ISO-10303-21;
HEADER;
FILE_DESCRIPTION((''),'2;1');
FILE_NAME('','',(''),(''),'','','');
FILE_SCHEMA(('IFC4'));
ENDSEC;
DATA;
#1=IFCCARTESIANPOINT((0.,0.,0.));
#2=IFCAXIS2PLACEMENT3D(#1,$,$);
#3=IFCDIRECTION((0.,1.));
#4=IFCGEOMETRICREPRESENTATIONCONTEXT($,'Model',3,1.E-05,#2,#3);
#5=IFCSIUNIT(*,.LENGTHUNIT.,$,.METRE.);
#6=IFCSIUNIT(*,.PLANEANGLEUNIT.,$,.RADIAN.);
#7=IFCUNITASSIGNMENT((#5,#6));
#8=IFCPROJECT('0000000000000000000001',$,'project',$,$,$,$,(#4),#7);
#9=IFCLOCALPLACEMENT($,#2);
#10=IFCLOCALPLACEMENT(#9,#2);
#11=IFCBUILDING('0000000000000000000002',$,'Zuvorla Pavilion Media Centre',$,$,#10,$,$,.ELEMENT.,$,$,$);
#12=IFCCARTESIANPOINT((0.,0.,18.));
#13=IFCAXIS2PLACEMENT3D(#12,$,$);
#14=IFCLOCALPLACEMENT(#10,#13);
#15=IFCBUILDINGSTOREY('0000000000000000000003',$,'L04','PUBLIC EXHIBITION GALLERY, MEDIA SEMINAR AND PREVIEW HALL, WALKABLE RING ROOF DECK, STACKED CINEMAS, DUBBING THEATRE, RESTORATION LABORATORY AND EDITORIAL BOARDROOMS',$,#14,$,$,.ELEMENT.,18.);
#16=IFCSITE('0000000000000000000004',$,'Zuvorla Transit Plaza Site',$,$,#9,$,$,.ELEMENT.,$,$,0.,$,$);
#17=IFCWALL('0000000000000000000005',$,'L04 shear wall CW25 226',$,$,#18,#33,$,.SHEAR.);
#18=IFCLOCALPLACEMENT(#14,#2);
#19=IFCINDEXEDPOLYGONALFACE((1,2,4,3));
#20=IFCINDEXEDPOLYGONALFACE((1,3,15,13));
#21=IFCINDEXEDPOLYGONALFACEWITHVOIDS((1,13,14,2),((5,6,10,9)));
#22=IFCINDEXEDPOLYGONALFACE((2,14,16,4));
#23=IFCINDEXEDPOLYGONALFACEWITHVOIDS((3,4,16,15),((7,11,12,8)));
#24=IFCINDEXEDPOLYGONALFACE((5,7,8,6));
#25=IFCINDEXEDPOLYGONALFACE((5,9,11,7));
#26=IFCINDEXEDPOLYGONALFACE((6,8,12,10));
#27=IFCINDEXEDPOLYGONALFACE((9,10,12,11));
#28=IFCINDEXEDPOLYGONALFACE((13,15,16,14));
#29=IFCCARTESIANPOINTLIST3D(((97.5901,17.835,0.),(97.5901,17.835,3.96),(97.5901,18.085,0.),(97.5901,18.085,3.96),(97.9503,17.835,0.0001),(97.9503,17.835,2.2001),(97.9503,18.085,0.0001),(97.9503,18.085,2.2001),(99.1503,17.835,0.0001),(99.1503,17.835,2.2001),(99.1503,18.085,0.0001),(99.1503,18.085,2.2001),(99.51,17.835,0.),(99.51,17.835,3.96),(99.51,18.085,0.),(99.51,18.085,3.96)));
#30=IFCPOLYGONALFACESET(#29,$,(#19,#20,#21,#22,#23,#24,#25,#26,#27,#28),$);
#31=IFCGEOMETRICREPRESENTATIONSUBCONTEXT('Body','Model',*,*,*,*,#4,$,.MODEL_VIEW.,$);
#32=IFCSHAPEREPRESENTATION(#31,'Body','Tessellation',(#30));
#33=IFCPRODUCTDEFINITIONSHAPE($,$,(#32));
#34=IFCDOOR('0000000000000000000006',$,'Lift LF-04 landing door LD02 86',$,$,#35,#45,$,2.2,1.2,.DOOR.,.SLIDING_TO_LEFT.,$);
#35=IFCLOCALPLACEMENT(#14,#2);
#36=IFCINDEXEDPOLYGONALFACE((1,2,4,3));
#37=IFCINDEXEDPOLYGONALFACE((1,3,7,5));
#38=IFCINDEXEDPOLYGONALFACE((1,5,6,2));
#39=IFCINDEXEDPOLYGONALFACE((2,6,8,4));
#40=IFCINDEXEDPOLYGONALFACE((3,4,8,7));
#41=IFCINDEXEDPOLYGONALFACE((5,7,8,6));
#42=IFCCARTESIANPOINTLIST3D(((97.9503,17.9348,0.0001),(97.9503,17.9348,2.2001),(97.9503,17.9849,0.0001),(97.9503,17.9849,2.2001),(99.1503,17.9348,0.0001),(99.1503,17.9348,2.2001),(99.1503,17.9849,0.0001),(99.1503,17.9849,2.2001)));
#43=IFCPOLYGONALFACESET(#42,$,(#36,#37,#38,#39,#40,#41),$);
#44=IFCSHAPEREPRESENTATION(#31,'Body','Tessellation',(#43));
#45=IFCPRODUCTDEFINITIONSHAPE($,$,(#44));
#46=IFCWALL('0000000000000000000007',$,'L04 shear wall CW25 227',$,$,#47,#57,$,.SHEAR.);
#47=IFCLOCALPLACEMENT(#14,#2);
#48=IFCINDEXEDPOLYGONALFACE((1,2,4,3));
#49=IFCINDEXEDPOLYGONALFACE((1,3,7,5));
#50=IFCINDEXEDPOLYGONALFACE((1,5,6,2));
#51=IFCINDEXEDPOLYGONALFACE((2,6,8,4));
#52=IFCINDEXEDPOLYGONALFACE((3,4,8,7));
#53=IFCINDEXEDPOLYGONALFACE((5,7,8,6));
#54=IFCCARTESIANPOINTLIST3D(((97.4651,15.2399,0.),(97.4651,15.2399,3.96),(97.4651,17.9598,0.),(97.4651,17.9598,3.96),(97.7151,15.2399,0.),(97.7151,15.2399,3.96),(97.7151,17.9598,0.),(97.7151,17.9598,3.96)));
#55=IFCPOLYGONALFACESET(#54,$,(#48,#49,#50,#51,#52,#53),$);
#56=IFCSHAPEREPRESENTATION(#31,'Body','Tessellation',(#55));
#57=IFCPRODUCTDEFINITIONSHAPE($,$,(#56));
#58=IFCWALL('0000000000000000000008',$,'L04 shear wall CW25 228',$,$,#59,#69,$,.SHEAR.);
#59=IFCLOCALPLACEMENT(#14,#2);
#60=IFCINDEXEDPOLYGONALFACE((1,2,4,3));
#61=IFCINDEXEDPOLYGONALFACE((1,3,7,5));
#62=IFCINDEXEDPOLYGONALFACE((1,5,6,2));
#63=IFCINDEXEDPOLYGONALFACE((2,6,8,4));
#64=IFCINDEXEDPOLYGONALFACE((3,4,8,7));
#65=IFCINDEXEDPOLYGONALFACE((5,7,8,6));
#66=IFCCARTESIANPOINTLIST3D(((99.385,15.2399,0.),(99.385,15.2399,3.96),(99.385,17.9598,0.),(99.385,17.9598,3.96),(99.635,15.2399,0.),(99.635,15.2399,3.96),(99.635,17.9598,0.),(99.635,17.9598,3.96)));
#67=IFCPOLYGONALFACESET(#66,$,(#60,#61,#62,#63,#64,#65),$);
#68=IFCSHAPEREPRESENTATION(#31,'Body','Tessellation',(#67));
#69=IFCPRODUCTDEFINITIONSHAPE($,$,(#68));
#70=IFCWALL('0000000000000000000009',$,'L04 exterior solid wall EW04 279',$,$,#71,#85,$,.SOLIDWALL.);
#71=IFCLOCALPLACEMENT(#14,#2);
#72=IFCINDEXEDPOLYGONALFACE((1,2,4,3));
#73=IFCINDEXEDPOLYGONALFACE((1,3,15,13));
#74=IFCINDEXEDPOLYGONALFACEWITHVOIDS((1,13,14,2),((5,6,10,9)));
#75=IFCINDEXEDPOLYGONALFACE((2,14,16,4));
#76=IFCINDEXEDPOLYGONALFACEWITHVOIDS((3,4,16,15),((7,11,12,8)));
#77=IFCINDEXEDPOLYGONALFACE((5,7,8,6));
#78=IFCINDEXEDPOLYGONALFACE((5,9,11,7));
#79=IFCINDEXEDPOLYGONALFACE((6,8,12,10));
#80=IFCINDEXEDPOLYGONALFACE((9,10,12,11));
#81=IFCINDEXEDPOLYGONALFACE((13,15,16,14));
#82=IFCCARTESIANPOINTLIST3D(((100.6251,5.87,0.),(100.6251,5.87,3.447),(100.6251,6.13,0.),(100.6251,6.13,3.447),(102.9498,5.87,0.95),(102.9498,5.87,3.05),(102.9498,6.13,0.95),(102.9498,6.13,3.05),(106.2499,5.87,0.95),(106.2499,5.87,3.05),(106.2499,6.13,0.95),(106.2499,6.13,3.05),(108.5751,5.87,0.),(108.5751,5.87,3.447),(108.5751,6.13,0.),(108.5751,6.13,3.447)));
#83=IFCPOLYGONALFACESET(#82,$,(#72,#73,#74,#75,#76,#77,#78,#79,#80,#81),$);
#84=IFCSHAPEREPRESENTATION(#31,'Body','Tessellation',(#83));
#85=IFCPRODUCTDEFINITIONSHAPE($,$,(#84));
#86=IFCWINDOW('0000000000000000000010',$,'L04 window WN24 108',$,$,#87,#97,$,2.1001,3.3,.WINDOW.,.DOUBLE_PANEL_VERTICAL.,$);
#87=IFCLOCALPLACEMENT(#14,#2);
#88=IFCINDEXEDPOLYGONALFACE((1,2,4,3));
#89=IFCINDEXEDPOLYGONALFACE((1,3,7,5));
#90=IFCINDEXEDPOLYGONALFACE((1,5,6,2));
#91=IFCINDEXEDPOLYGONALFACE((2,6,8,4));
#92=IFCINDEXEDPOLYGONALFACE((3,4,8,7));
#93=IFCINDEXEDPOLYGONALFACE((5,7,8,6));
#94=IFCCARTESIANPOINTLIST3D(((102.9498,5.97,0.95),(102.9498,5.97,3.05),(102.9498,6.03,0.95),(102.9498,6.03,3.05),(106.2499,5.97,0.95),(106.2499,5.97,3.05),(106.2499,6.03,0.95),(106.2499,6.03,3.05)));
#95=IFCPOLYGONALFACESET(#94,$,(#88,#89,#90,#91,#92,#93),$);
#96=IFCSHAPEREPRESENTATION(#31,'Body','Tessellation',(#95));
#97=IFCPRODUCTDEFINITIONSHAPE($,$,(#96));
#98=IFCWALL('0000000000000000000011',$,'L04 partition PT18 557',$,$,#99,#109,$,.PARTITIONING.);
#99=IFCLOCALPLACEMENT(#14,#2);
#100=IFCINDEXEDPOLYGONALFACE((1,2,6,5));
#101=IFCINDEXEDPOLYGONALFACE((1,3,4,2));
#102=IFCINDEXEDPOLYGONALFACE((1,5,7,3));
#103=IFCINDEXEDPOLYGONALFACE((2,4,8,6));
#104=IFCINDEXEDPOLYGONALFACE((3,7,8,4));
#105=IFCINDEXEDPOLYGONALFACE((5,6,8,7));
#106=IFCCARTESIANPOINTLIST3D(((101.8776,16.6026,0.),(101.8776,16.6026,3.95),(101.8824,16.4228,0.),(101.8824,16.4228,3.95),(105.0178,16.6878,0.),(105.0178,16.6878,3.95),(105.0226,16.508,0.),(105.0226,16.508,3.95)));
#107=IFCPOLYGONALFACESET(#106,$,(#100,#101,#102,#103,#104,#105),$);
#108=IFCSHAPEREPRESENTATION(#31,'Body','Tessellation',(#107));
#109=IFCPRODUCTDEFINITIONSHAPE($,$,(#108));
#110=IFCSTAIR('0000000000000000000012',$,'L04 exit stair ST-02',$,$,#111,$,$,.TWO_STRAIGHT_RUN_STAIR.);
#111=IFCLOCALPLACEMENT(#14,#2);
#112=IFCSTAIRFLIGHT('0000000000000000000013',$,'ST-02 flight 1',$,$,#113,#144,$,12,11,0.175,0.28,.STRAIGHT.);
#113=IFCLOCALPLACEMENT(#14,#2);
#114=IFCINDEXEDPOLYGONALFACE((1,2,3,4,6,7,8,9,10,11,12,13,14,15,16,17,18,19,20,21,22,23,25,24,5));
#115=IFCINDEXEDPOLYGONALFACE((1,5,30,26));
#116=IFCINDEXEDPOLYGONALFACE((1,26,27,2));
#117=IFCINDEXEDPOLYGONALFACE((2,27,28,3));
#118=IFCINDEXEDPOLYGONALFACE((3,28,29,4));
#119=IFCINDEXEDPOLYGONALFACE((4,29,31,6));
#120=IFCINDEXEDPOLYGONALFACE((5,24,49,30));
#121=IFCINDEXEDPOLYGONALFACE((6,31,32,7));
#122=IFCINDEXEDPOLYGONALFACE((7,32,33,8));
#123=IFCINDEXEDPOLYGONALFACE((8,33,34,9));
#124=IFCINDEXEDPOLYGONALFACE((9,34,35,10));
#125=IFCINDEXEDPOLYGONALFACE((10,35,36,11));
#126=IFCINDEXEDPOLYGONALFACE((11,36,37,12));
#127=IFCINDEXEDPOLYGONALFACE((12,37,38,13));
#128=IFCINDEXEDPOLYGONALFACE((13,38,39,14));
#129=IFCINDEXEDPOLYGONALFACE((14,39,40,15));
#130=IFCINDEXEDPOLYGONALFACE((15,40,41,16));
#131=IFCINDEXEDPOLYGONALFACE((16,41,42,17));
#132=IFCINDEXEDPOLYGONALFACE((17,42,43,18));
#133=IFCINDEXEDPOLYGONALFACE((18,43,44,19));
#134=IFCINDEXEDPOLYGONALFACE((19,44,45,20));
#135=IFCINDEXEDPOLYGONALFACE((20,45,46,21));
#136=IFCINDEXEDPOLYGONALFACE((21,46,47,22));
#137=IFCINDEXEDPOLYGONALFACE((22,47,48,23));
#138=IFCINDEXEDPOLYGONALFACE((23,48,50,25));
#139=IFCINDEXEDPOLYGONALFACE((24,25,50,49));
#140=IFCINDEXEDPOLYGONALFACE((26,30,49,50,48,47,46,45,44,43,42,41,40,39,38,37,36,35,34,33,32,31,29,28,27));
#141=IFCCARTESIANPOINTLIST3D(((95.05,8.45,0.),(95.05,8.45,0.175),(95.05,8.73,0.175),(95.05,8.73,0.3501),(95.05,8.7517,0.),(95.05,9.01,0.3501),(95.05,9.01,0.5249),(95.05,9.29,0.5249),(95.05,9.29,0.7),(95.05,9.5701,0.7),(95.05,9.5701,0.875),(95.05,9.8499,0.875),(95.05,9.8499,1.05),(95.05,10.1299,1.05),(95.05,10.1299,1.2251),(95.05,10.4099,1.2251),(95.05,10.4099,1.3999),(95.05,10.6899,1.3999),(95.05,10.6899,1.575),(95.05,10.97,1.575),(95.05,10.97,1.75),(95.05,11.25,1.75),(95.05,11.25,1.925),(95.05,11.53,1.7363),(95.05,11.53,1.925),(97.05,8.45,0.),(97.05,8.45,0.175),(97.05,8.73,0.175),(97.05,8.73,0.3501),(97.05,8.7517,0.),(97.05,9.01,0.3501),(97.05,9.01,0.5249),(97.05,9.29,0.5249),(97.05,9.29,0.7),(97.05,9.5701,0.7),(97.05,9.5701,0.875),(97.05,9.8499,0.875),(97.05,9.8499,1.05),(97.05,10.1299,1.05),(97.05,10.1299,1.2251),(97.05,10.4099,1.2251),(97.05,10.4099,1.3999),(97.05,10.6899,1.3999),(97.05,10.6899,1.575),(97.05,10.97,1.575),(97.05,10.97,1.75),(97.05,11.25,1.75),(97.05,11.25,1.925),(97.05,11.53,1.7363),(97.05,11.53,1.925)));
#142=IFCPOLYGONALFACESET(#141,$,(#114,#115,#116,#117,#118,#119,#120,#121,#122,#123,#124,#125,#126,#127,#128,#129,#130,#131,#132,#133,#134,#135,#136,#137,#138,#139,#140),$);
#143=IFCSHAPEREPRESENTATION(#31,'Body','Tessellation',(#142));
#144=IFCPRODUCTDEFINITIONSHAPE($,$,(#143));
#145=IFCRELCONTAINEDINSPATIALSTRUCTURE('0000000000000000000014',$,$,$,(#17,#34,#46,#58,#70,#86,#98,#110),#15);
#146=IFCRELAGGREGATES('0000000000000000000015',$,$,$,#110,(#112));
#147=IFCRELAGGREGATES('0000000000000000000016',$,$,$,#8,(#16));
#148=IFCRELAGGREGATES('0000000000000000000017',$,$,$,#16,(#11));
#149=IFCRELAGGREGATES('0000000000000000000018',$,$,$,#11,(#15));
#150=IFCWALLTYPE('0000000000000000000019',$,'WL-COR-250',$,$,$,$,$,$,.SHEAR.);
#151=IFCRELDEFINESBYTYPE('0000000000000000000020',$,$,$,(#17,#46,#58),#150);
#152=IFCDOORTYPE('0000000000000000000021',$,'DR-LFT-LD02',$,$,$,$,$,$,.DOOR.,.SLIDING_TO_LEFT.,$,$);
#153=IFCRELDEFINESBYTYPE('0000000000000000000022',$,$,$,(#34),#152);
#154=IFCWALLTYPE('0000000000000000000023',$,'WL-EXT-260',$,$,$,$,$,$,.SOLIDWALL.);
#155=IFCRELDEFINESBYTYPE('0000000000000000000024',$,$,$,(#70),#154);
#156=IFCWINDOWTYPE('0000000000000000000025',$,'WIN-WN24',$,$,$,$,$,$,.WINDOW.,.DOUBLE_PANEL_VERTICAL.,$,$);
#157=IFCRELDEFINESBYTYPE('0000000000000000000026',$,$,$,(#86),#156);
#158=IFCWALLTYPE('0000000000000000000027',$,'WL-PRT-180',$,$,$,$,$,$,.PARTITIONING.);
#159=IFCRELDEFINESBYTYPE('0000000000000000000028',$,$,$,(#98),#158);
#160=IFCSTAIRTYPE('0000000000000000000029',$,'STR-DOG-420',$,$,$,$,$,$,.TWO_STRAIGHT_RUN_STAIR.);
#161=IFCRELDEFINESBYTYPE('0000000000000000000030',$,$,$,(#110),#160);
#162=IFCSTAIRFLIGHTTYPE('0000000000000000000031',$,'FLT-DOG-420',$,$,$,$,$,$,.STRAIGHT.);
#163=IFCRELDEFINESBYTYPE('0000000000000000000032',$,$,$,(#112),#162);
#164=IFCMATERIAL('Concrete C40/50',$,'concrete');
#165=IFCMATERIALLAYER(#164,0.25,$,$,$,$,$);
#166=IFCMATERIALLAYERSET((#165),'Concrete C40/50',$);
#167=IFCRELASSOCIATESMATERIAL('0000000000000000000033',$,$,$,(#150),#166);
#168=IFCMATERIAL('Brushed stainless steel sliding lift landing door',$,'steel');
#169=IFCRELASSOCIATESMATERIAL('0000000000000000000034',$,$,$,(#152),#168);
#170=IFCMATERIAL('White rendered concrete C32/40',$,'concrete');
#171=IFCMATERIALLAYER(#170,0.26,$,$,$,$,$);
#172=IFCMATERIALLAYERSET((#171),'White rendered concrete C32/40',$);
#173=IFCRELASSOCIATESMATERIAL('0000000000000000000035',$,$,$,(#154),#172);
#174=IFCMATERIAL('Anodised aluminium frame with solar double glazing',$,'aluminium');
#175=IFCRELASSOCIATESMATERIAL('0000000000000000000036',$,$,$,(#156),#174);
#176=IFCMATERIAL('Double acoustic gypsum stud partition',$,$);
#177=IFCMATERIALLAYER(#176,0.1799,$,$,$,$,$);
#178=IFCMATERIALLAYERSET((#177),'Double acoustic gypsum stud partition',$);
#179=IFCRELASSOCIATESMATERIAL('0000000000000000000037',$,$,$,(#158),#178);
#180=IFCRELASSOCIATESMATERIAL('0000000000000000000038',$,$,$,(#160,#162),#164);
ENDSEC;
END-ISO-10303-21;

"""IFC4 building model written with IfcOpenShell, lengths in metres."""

from ifc_helpers import new_model, si_unit, direction, frame, frame_2d, origin, place, context, subcontext, project, spatial, polyline, rectangle, outline, extrude, material, layer, layer_set, type_object, element, fill, aggregate, save


model = new_model("IFC4")

# Units and contexts
model_context = context("Model", 3, precision=1e-05, world=origin(), true_north=direction((0.0, 1.0)))
body_context = subcontext(model_context, "Body", "Model", "MODEL_VIEW")
ifc_project = project(units=[si_unit("LENGTHUNIT", "METRE"), si_unit("PLANEANGLEUNIT", "RADIAN")], contexts=[model_context])

# Site, building, storey
site_placement = place(None, origin())
site = spatial("IfcSite", under=ifc_project, at=site_placement, Name="Zuvorla Transit Plaza Site", CompositionType="ELEMENT", RefElevation=0.0)
building_placement = place(site_placement, origin())
building = spatial("IfcBuilding", under=site, at=building_placement, Name="Zuvorla Pavilion Media Centre", CompositionType="ELEMENT")
storey_placement = place(building_placement, frame((0.0, 0.0, 18.0)))
storey = spatial("IfcBuildingStorey", under=building, at=storey_placement, Name="L04", Description="PUBLIC EXHIBITION GALLERY, MEDIA SEMINAR AND PREVIEW HALL, WALKABLE RING ROOF DECK, STACKED CINEMAS, DUBBING THEATRE, RESTORATION LABORATORY AND EDITORIAL BOARDROOMS", CompositionType="ELEMENT", Elevation=18.0)

# Shared definitions
ifc_material_1 = material(Name="Concrete C40/50", Category="concrete")

# Shared definitions
ifc_layer_1 = layer(ifc_material_1, 0.25)
ifc_layer_set_1 = layer_set([ifc_layer_1], Name="Concrete C40/50")
wall_type_1 = type_object("IfcWallType", Name="WL-COR-250", PredefinedType="SHEAR", material=ifc_layer_set_1)

# Wall, opening, door
wall_1_placement = place(storey_placement, frame((97.5901, 17.96, 0.0), z_axis=(0.0, 0.0, 1.0), x_axis=(1.0, 0.0, 0.0)))
wall_1 = element("IfcWall", 1, at=wall_1_placement, inside=storey, type_object=wall_type_1, Name="L04 shear wall CW25 226", PredefinedType="SHEAR", context=body_context, shape_type="SweptSolid", body=[
    extrude(rectangle(XDim=1.9199, YDim=0.25, at=frame_2d((0.96, 0.0))), origin(), (0.0, 0.0, 1.0), 3.96),
])
opening_1_placement = place(wall_1_placement, frame((0.3601, 0.0, 0.0)))
opening_1 = element("IfcOpeningElement", 2, at=opening_1_placement, cuts=wall_1, PredefinedType="OPENING", context=body_context, shape_type="SweptSolid", body=[
    extrude(rectangle(XDim=1.2, YDim=2.2, at=frame_2d((0.6001, 1.1001))), frame((0.0, 0.135, 0.0), z_axis=(0.0, -1.0, 0.0), x_axis=(1.0, 0.0, 0.0)), (0.0, 0.0, 1.0), 0.27),
])
ifc_material_2 = material(Name="Brushed stainless steel sliding lift landing door", Category="steel")
door_type_1 = type_object("IfcDoorType", Name="DR-LFT-LD02", OperationType="SLIDING_TO_LEFT", PredefinedType="DOOR", material=ifc_material_2)
door_1_placement = place(opening_1_placement, origin())
door_1 = element("IfcDoor", 3, at=door_1_placement, inside=storey, type_object=door_type_1, Name="Lift LF-04 landing door LD02 86", OperationType="SLIDING_TO_LEFT", OverallHeight=2.2, OverallWidth=1.2, PredefinedType="DOOR", context=body_context, shape_type="SweptSolid", body=[
    extrude(rectangle(XDim=1.2, YDim=2.2, at=frame_2d((0.6001, 1.1001))), frame((0.0, 0.0249, 0.0), z_axis=(0.0, -1.0, 0.0), x_axis=(1.0, 0.0, 0.0)), (0.0, 0.0, 1.0), 0.05),
])
fill(opening_1, door_1)

# Walls
for number, where, z_axis, x_axis, name in (
    (4, (97.5901, 15.24, 0.0), (0.0, 0.0, 1.0), (0.0, 1.0, 0.0), "L04 shear wall CW25 227"),
    (5, (99.51, 15.24, 0.0), (0.0, 0.0, 1.0), (0.0, 1.0, 0.0), "L04 shear wall CW25 228"),
):
    element("IfcWall", number, at=place(storey_placement, frame(where, z_axis=z_axis, x_axis=x_axis)), inside=storey, type_object=wall_type_1, Name=name, PredefinedType="SHEAR", context=body_context, shape_type="SweptSolid", body=[
        extrude(rectangle(XDim=2.72, YDim=0.25, at=frame_2d((1.3599, 0.0))), origin(), (0.0, 0.0, 1.0), 3.96),
    ])

# Wall, opening, window
ifc_material_3 = material(Name="White rendered concrete C32/40", Category="concrete")
ifc_layer_2 = layer(ifc_material_3, 0.26)
ifc_layer_set_2 = layer_set([ifc_layer_2], Name="White rendered concrete C32/40")
wall_type_2 = type_object("IfcWallType", Name="WL-EXT-260", PredefinedType="SOLIDWALL", material=ifc_layer_set_2)
wall_2_placement = place(storey_placement, frame((100.625, 6.0, 0.0), z_axis=(0.0, 0.0, 1.0), x_axis=(1.0, 0.0, 0.0)))
wall_2 = element("IfcWall", 6, at=wall_2_placement, inside=storey, type_object=wall_type_2, Name="L04 exterior solid wall EW04 279", PredefinedType="SOLIDWALL", context=body_context, shape_type="SweptSolid", body=[
    extrude(rectangle(XDim=7.95, YDim=0.26, at=frame_2d((3.9751, 0.0))), origin(), (0.0, 0.0, 1.0), 3.447),
])
opening_2_placement = place(wall_2_placement, frame((2.325, 0.0, 0.95)))
opening_2 = element("IfcOpeningElement", 7, at=opening_2_placement, cuts=wall_2, PredefinedType="OPENING", context=body_context, shape_type="SweptSolid", body=[
    extrude(rectangle(XDim=3.3, YDim=2.1001, at=frame_2d((1.6499, 1.05))), frame((0.0, 0.1399, 0.0), z_axis=(0.0, -1.0, 0.0), x_axis=(1.0, 0.0, 0.0)), (0.0, 0.0, 1.0), 0.28),
])
ifc_material_4 = material(Name="Anodised aluminium frame with solar double glazing", Category="aluminium")
window_type = type_object("IfcWindowType", Name="WIN-WN24", PartitioningType="DOUBLE_PANEL_VERTICAL", PredefinedType="WINDOW", material=ifc_material_4)
window_placement = place(opening_2_placement, origin())
window = element("IfcWindow", 8, at=window_placement, inside=storey, type_object=window_type, Name="L04 window WN24 108", OverallHeight=2.1001, OverallWidth=3.3, PartitioningType="DOUBLE_PANEL_VERTICAL", PredefinedType="WINDOW", context=body_context, shape_type="SweptSolid", body=[
    extrude(rectangle(XDim=3.3, YDim=2.1001, at=frame_2d((1.6499, 1.05))), frame((0.0, 0.03, 0.0), z_axis=(0.0, -1.0, 0.0), x_axis=(1.0, 0.0, 0.0)), (0.0, 0.0, 1.0), 0.0601),
])
fill(opening_2, window)

# Wall
ifc_material_5 = material(Name="Double acoustic gypsum stud partition")
ifc_layer_3 = layer(ifc_material_5, 0.1799)
ifc_layer_set_3 = layer_set([ifc_layer_3], Name="Double acoustic gypsum stud partition")
wall_type_3 = type_object("IfcWallType", Name="WL-PRT-180", PredefinedType="PARTITIONING", material=ifc_layer_set_3)
wall_3_placement = place(storey_placement, frame((101.8799, 16.5127, 0.0), z_axis=(0.0, 0.0, 1.0), x_axis=(0.999632, 0.027124, 0.0)))
element("IfcWall", 9, at=wall_3_placement, inside=storey, type_object=wall_type_3, Name="L04 partition PT18 557", PredefinedType="PARTITIONING", context=body_context, shape_type="SweptSolid", body=[
    extrude(rectangle(XDim=3.1414, YDim=0.1799, at=frame_2d((1.5708, 0.0))), origin(), (0.0, 0.0, 1.0), 3.95),
])

# Stair, stair flight
stair_type = type_object("IfcStairType", Name="STR-DOG-420", PredefinedType="TWO_STRAIGHT_RUN_STAIR", material=ifc_material_1)
stair_placement = place(storey_placement, origin())
stair = element("IfcStair", 10, at=stair_placement, inside=storey, type_object=stair_type, Name="L04 exit stair ST-02", PredefinedType="TWO_STRAIGHT_RUN_STAIR")
stair_flight_type = type_object("IfcStairFlightType", Name="FLT-DOG-420", PredefinedType="STRAIGHT", material=ifc_material_1)
stair_flight_placement = place(storey_placement, frame((96.05, 8.45, 0.0), z_axis=(0.0, 0.0, 1.0), x_axis=(0.0, 1.0, 0.0)))
stair_flight = element("IfcStairFlight", 11, at=stair_flight_placement, type_object=stair_flight_type, Name="ST-02 flight 1", NumberOfRisers=12, NumberOfTreads=11, PredefinedType="STRAIGHT", RiserHeight=0.175, TreadLength=0.28, context=body_context, shape_type="SweptSolid", body=[
    extrude(outline(polyline([(0.0, 0.0), (0.0, 0.175), (0.28, 0.175), (0.28, 0.3501), (0.5601, 0.3501), (0.5601, 0.5249), (0.8401, 0.5249), (0.8401, 0.7), (1.1201, 0.7), (1.1201, 0.875), (1.3999, 0.875), (1.3999, 1.05), (1.6799, 1.05), (1.6799, 1.2251), (1.96, 1.2251), (1.96, 1.3999), (2.24, 1.3999), (2.24, 1.575), (2.52, 1.575), (2.52, 1.75), (2.8, 1.75), (2.8, 1.925), (3.0801, 1.925), (3.0801, 2.1001), (3.0801, 1.7363), (0.3018, 0.0), (0.0, 0.0)])), frame((0.0, 1.0, 0.0), z_axis=(0.0, -1.0, 0.0), x_axis=(1.0, 0.0, 0.0)), (0.0, 0.0, 1.0), 2.0),
])
aggregate(stair, [stair_flight])

save(model, "model.ifc")
